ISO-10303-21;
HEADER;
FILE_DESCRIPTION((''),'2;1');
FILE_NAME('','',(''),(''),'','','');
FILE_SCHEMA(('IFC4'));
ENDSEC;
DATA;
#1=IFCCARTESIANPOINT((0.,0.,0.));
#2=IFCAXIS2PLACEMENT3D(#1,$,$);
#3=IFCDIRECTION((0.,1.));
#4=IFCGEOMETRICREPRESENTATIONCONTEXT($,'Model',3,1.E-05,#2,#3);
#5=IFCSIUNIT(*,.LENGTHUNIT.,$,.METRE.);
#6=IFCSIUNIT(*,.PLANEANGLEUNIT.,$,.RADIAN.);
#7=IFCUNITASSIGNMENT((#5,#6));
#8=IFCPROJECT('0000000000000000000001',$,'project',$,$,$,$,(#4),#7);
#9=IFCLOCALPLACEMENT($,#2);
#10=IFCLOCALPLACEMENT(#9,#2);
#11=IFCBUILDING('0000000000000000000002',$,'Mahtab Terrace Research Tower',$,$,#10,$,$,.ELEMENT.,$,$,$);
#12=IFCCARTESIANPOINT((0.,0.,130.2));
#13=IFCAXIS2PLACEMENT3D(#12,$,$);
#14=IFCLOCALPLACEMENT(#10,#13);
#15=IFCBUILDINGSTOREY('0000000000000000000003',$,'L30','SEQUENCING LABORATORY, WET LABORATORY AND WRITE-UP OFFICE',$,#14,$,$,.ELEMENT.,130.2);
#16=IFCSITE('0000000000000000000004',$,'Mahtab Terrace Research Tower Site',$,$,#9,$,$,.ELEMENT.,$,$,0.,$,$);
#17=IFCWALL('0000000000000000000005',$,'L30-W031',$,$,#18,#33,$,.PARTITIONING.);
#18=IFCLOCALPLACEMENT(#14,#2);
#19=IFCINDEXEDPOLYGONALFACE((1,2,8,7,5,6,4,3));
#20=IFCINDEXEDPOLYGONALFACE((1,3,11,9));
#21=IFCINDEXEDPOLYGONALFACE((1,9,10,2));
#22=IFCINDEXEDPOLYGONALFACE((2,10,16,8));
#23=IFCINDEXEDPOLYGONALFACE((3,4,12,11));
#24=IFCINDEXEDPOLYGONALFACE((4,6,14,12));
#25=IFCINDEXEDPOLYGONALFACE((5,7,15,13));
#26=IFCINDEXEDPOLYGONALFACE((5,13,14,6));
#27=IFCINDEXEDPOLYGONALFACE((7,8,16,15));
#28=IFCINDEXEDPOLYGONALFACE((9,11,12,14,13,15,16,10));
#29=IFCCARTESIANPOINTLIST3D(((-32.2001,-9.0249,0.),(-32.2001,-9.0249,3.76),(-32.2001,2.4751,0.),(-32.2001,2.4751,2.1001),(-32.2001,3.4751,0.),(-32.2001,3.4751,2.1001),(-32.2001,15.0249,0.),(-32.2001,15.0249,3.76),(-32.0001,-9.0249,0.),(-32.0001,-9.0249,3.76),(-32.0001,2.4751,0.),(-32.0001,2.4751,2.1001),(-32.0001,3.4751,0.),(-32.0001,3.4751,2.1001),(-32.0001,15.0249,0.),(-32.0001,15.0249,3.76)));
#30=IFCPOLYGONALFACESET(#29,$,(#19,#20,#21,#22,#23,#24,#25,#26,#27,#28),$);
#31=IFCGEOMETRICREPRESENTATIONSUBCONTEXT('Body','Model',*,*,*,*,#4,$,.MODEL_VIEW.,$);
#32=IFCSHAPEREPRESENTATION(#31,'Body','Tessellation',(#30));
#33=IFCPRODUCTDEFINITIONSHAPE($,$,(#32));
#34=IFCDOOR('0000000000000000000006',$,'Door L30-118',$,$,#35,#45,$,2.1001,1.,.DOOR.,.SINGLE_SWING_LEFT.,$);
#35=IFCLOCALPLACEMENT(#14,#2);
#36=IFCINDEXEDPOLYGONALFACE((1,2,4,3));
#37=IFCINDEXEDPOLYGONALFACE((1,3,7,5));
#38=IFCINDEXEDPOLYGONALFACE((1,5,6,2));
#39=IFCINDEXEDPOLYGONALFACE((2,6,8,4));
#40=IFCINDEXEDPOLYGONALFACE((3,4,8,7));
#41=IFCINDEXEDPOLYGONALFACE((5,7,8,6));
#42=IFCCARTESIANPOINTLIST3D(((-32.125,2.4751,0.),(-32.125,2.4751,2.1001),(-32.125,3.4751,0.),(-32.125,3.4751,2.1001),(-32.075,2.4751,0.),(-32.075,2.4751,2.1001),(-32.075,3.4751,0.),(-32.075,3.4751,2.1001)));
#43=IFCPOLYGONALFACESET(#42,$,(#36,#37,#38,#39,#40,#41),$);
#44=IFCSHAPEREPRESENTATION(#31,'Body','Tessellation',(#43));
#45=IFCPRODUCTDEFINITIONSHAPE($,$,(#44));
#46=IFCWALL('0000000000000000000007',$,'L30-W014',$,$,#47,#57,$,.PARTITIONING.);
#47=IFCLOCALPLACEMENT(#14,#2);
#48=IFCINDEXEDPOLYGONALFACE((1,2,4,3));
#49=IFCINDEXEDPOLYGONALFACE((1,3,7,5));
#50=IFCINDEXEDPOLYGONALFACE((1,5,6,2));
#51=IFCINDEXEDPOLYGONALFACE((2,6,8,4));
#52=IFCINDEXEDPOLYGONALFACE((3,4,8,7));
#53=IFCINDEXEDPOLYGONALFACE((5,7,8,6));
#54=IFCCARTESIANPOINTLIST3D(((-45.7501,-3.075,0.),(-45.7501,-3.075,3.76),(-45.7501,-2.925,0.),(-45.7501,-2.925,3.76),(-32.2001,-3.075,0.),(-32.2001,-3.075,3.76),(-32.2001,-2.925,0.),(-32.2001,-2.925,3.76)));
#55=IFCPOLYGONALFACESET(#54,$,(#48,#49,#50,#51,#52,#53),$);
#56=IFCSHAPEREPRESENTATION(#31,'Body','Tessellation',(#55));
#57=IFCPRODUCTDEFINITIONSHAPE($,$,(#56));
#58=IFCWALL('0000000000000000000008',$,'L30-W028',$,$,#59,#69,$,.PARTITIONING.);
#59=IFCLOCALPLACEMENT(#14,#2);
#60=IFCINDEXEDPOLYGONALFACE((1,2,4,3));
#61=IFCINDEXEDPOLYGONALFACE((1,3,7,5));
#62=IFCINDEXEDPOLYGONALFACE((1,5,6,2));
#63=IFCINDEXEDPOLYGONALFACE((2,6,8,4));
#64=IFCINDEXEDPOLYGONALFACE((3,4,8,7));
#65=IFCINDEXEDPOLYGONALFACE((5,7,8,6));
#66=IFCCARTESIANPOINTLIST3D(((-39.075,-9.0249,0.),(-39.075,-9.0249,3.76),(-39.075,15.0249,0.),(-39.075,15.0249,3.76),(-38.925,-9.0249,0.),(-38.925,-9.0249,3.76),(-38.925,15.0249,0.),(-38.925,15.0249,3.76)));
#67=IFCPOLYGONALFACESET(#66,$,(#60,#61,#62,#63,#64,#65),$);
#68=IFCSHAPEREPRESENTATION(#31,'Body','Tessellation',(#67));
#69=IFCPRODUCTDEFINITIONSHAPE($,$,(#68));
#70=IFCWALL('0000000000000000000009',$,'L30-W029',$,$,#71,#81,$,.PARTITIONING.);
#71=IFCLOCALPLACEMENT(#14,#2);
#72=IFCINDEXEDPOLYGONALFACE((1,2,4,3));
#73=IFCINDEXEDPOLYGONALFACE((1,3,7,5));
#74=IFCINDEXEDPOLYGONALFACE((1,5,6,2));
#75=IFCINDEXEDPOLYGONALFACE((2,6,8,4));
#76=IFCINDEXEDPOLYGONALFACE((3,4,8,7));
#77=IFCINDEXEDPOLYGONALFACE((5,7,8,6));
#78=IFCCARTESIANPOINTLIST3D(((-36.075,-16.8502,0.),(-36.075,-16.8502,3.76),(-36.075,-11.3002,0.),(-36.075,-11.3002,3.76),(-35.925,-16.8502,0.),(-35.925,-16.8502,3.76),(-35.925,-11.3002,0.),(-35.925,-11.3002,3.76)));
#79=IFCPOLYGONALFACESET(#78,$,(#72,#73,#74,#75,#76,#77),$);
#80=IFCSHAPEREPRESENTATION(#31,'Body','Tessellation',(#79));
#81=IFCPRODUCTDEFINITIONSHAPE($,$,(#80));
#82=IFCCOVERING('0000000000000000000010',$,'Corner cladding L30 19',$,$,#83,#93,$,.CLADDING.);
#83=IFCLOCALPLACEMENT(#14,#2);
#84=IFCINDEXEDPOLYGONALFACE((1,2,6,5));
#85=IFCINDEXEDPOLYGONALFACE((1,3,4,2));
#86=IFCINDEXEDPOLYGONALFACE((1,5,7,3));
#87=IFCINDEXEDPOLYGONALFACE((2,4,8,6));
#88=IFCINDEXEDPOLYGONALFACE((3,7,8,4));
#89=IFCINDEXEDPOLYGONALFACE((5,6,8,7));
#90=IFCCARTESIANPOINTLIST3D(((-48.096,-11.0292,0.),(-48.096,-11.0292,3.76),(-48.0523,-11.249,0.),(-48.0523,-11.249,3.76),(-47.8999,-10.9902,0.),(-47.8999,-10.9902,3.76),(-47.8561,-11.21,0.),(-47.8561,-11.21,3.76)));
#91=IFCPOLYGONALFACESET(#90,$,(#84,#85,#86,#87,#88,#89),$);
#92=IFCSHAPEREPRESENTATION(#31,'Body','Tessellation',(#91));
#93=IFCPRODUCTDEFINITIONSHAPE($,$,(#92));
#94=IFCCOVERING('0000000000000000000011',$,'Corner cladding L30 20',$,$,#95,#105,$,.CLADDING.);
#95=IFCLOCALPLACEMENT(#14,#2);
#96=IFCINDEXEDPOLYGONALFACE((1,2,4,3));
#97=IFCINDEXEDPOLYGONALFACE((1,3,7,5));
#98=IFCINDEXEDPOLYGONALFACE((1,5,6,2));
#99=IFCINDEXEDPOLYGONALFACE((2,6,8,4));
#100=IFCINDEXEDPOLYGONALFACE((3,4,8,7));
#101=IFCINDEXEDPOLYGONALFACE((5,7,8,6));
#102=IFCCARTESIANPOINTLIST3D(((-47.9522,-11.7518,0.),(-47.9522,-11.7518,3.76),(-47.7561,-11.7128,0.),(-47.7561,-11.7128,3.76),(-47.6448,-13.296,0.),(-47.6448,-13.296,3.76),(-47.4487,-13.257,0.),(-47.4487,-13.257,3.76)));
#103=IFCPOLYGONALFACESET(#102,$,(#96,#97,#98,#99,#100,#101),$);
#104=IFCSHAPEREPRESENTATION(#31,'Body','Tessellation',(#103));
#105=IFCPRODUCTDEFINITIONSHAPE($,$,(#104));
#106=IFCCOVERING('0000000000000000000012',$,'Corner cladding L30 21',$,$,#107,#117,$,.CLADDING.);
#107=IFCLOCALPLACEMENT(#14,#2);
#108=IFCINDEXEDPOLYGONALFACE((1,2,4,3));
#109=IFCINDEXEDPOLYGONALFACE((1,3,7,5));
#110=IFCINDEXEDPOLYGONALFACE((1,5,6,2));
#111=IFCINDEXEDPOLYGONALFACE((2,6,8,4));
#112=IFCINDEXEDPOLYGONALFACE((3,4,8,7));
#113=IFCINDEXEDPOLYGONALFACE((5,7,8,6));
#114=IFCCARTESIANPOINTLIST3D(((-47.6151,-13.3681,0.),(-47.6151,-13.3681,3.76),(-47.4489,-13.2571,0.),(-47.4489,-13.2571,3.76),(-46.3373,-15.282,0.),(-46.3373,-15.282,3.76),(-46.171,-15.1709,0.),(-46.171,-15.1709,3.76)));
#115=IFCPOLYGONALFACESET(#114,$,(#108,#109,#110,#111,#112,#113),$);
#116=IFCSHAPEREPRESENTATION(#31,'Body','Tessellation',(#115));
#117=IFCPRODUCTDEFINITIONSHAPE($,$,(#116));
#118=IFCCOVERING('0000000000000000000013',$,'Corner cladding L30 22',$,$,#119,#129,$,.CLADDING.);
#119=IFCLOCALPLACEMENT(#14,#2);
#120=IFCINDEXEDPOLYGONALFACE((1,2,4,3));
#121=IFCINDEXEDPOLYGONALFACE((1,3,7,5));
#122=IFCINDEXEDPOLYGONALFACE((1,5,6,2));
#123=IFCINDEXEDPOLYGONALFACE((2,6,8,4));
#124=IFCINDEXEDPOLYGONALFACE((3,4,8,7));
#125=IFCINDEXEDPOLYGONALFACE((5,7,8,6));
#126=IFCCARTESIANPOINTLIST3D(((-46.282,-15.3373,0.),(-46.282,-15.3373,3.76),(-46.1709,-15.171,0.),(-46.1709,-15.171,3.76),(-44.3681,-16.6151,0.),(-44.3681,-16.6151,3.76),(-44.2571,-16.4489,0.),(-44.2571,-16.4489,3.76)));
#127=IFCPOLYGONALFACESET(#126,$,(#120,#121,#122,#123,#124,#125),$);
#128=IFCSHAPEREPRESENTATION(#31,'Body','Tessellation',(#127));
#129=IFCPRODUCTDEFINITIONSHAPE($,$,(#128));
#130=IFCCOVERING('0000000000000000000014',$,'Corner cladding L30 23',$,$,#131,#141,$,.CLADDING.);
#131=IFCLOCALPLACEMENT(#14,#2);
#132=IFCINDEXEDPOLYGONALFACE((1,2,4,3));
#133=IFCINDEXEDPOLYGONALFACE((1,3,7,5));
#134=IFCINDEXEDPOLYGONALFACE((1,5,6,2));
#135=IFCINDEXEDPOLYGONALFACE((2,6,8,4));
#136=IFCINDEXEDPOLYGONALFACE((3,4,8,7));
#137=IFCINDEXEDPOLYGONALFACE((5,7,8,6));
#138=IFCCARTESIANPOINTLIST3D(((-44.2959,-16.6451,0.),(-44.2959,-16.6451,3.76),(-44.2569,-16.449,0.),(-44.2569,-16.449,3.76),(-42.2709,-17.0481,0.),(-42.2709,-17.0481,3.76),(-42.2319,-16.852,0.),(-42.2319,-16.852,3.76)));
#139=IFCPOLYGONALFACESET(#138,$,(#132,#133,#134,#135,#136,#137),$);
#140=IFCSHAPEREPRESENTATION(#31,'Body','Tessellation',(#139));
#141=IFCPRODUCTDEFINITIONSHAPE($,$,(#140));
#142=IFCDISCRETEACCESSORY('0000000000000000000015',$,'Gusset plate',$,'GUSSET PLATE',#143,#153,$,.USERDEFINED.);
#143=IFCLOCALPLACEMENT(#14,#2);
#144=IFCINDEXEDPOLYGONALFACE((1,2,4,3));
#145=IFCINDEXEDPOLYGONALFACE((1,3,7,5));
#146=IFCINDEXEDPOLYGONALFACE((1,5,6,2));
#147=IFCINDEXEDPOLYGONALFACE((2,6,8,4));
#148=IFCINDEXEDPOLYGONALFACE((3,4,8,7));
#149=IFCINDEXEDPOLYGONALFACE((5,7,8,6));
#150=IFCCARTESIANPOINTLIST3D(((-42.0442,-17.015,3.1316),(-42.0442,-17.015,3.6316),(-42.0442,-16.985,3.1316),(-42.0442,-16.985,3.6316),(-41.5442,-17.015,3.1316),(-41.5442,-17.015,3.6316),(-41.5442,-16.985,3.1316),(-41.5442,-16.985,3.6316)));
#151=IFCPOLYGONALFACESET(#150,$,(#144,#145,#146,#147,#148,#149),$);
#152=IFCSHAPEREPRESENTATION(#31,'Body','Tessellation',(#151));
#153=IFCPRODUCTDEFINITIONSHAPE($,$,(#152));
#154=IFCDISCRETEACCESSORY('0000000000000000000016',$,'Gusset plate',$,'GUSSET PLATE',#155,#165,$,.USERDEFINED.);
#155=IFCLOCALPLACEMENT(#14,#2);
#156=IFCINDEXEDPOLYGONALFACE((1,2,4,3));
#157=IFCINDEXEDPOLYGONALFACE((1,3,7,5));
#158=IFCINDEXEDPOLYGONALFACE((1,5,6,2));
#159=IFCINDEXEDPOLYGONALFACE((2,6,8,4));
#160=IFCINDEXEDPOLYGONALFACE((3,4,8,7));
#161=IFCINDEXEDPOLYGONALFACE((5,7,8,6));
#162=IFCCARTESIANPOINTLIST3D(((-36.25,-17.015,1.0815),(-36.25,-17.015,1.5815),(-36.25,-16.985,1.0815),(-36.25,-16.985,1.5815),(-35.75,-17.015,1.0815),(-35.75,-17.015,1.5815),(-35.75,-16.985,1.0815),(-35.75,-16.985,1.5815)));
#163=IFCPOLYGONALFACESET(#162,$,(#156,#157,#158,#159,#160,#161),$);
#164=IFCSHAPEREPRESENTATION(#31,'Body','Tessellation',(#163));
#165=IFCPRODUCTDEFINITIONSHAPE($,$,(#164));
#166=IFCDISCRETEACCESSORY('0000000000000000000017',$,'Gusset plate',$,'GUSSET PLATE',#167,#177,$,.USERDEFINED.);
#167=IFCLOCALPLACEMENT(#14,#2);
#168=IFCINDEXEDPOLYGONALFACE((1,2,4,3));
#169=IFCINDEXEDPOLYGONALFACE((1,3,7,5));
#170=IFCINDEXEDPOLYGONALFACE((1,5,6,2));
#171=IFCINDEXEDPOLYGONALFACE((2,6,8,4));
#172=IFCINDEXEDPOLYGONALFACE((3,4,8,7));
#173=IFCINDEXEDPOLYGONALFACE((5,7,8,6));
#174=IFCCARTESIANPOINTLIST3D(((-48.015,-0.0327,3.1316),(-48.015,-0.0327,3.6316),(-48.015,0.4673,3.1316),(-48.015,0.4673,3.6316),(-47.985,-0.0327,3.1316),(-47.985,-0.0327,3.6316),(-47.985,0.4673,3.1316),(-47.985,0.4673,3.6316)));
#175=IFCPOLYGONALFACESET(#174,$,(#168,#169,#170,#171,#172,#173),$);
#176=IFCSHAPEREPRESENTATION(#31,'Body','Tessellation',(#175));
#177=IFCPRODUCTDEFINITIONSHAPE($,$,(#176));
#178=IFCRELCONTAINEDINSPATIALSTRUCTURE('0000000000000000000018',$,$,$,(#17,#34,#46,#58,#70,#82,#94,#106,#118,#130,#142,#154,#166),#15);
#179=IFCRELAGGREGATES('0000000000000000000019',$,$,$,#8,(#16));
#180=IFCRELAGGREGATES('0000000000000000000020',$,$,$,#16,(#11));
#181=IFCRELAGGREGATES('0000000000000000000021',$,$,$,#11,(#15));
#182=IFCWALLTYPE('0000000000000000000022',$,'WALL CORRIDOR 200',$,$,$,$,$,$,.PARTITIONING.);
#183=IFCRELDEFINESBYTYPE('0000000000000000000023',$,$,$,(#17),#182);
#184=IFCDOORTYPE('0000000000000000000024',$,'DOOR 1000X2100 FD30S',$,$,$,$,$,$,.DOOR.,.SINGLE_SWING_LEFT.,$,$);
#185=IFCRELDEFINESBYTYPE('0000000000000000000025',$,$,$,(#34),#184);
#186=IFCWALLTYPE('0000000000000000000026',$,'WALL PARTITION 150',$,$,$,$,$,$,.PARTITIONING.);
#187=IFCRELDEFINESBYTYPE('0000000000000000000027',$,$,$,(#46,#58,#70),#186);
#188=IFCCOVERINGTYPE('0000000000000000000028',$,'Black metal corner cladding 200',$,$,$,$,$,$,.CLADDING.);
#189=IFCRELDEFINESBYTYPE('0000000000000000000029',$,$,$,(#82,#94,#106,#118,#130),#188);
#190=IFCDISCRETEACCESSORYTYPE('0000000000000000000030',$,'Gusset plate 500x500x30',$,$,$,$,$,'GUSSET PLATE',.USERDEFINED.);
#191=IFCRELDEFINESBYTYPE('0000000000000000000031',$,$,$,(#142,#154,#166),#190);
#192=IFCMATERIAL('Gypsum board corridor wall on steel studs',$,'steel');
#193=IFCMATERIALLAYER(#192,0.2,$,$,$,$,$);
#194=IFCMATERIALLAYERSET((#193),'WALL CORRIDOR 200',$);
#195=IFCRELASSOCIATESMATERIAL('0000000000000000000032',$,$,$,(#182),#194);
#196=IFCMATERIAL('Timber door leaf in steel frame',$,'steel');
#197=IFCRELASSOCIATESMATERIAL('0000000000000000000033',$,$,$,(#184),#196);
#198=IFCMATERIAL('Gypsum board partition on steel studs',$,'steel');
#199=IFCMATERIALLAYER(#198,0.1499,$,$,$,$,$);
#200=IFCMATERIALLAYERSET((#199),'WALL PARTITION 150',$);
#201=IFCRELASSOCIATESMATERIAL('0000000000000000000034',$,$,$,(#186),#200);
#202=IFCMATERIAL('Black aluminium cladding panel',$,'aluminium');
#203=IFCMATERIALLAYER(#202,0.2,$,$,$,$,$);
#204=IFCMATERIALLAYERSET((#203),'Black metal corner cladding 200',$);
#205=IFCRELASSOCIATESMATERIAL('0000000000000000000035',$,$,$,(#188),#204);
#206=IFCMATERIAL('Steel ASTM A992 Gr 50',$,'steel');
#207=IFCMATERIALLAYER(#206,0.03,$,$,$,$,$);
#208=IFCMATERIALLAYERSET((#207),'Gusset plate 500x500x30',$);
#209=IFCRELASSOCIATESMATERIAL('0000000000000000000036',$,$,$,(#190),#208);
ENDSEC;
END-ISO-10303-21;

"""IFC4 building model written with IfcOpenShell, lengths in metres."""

from ifc_helpers import new_model, si_unit, direction, frame, frame_2d, origin, origin_2d, place, context, subcontext, project, spatial, rectangle, extrude, material, layer, layer_set, type_object, element, fill, save


model = new_model("IFC4")

# Units and contexts
model_context = context("Model", 3, precision=1e-05, world=origin(), true_north=direction((0.0, 1.0)))
body_context = subcontext(model_context, "Body", "Model", "MODEL_VIEW")
ifc_project = project(units=[si_unit("LENGTHUNIT", "METRE"), si_unit("PLANEANGLEUNIT", "RADIAN")], contexts=[model_context])

# Site, building, storey
site_placement = place(None, origin())
site = spatial("IfcSite", under=ifc_project, at=site_placement, Name="Mahtab Terrace Research Tower Site", CompositionType="ELEMENT", RefElevation=0.0)
building_placement = place(site_placement, origin())
building = spatial("IfcBuilding", under=site, at=building_placement, Name="Mahtab Terrace Research Tower", CompositionType="ELEMENT")
storey_placement = place(building_placement, frame((0.0, 0.0, 130.2)))
storey = spatial("IfcBuildingStorey", under=building, at=storey_placement, Name="L30", Description="SEQUENCING LABORATORY, WET LABORATORY AND WRITE-UP OFFICE", CompositionType="ELEMENT", Elevation=130.2)

# Shared definitions
ifc_material_1 = material(Name="Steel ASTM A992 Gr 50", Category="steel")

# Shared definitions
ifc_material_2 = material(Name="Black aluminium cladding panel", Category="aluminium")

# Shared definitions
ifc_material_3 = material(Name="Gypsum board corridor wall on steel studs", Category="steel")
ifc_layer_1 = layer(ifc_material_3, 0.2)
ifc_layer_set_1 = layer_set([ifc_layer_1], Name="WALL CORRIDOR 200")
wall_type_1 = type_object("IfcWallType", Name="WALL CORRIDOR 200", PredefinedType="PARTITIONING", material=ifc_layer_set_1)
ifc_material_4 = material(Name="Timber door leaf in steel frame", Category="steel")

# Wall, opening, door
door_type_1 = type_object("IfcDoorType", Name="DOOR 1000X2100 FD30S", OperationType="SINGLE_SWING_LEFT", PredefinedType="DOOR", material=ifc_material_4)
wall_1_placement = place(storey_placement, frame((-32.1001, -9.0249, 0.0), z_axis=(0.0, 0.0, 1.0), x_axis=(0.0, 1.0, 0.0)))
wall_1 = element("IfcWall", 1, at=wall_1_placement, inside=storey, type_object=wall_type_1, Name="L30-W031", PredefinedType="PARTITIONING", context=body_context, shape_type="SweptSolid", body=[
    extrude(rectangle(XDim=24.0498, YDim=0.2, at=frame_2d((12.0249, 0.0))), origin(), (0.0, 0.0, 1.0), 3.76),
])
opening_1_placement = place(wall_1_placement, frame((11.5, 0.0, 0.0)))
opening_1 = element("IfcOpeningElement", 2, at=opening_1_placement, cuts=wall_1, PredefinedType="OPENING", context=body_context, shape_type="SweptSolid", body=[
    extrude(rectangle(XDim=1.0, YDim=2.1001, at=frame_2d((0.5, 1.05))), frame((0.0, 0.1099, 0.0), z_axis=(0.0, -1.0, 0.0), x_axis=(1.0, 0.0, 0.0)), (0.0, 0.0, 1.0), 0.22),
])
door_1_placement = place(opening_1_placement, origin())
door_1 = element("IfcDoor", 3, at=door_1_placement, inside=storey, type_object=door_type_1, Name="Door L30-118", OperationType="SINGLE_SWING_LEFT", OverallHeight=2.1001, OverallWidth=1.0, PredefinedType="DOOR", context=body_context, shape_type="SweptSolid", body=[
    extrude(rectangle(XDim=1.0, YDim=2.1001, at=frame_2d((0.5, 1.05))), frame((0.0, 0.0249, 0.0), z_axis=(0.0, -1.0, 0.0), x_axis=(1.0, 0.0, 0.0)), (0.0, 0.0, 1.0), 0.05),
])
fill(opening_1, door_1)

# Walls
ifc_material_5 = material(Name="Gypsum board partition on steel studs", Category="steel")
ifc_layer_2 = layer(ifc_material_5, 0.1499)
ifc_layer_set_2 = layer_set([ifc_layer_2], Name="WALL PARTITION 150")
wall_type_2 = type_object("IfcWallType", Name="WALL PARTITION 150", PredefinedType="PARTITIONING", material=ifc_layer_set_2)
wall_2_placement = place(storey_placement, frame((-45.75, -3.0, 0.0), z_axis=(0.0, 0.0, 1.0), x_axis=(1.0, 0.0, 0.0)))
element("IfcWall", 4, at=wall_2_placement, inside=storey, type_object=wall_type_2, Name="L30-W014", PredefinedType="PARTITIONING", context=body_context, shape_type="SweptSolid", body=[
    extrude(rectangle(XDim=13.55, YDim=0.1499, at=frame_2d((6.7749, 0.0))), origin(), (0.0, 0.0, 1.0), 3.76),
])
wall_3_placement = place(storey_placement, frame((-39.0, -9.0249, 0.0), z_axis=(0.0, 0.0, 1.0), x_axis=(0.0, 1.0, 0.0)))
element("IfcWall", 5, at=wall_3_placement, inside=storey, type_object=wall_type_2, Name="L30-W028", PredefinedType="PARTITIONING", context=body_context, shape_type="SweptSolid", body=[
    extrude(rectangle(XDim=24.0498, YDim=0.1499, at=frame_2d((12.0249, 0.0))), origin(), (0.0, 0.0, 1.0), 3.76),
])
wall_4_placement = place(storey_placement, frame((-36.0, -16.8501, 0.0), z_axis=(0.0, 0.0, 1.0), x_axis=(0.0, 1.0, 0.0)))
element("IfcWall", 6, at=wall_4_placement, inside=storey, type_object=wall_type_2, Name="L30-W029", PredefinedType="PARTITIONING", context=body_context, shape_type="SweptSolid", body=[
    extrude(rectangle(XDim=5.55, YDim=0.1499, at=frame_2d((2.7749, 0.0))), origin(), (0.0, 0.0, 1.0), 3.76),
])

# Coverings
ifc_layer_3 = layer(ifc_material_2, 0.2)
ifc_layer_set_3 = layer_set([ifc_layer_3], Name="Black metal corner cladding 200")
covering_type = type_object("IfcCoveringType", Name="Black metal corner cladding 200", PredefinedType="CLADDING", material=ifc_layer_set_3)
covering_1_placement = place(storey_placement, frame((-47.9761, -11.1196, 0.0), z_axis=(0.0, 0.0, 1.0), x_axis=(0.195212, -0.980761, 0.0)))
element("IfcCovering", 7, at=covering_1_placement, inside=storey, type_object=covering_type, Name="Corner cladding L30 19", PredefinedType="CLADDING", context=body_context, shape_type="SweptSolid", body=[
    extrude(rectangle(XDim=0.2241, YDim=0.2, at=origin_2d()), origin(), (0.0, 0.0, 1.0), 3.76),
])
covering_2_placement = place(storey_placement, frame((-47.7004, -12.5044, 0.0), z_axis=(0.0, 0.0, 1.0), x_axis=(0.195212, -0.980761, 0.0)))
element("IfcCovering", 8, at=covering_2_placement, inside=storey, type_object=covering_type, Name="Corner cladding L30 20", PredefinedType="CLADDING", context=body_context, shape_type="SweptSolid", body=[
    extrude(rectangle(XDim=1.5745, YDim=0.2, at=origin_2d()), origin(), (0.0, 0.0, 1.0), 3.76),
])
for number, where, z_axis, x_axis, name in (
    (9, (-46.8931, -14.2695, 0.0), (0.0, 0.0, 1.0), (0.555291, -0.831656, 0.0), "Corner cladding L30 21"),
    (10, (-45.2695, -15.8931, 0.0), (0.0, 0.0, 1.0), (0.831656, -0.555291, 0.0), "Corner cladding L30 22"),
):
    element("IfcCovering", number, at=place(storey_placement, frame(where, z_axis=z_axis, x_axis=x_axis)), inside=storey, type_object=covering_type, Name=name, PredefinedType="CLADDING", context=body_context, shape_type="SweptSolid", body=[
        extrude(rectangle(XDim=2.3013, YDim=0.2, at=origin_2d()), origin(), (0.0, 0.0, 1.0), 3.76),
    ])
covering_3_placement = place(storey_placement, frame((-43.2639, -16.7485, 0.0), z_axis=(0.0, 0.0, 1.0), x_axis=(0.980761, -0.195212, 0.0)))
element("IfcCovering", 11, at=covering_3_placement, inside=storey, type_object=covering_type, Name="Corner cladding L30 23", PredefinedType="CLADDING", context=body_context, shape_type="SweptSolid", body=[
    extrude(rectangle(XDim=2.0647, YDim=0.2, at=origin_2d()), origin(), (0.0, 0.0, 1.0), 3.76),
])

# Discrete accessories
ifc_layer_4 = layer(ifc_material_1, 0.03)
ifc_layer_set_4 = layer_set([ifc_layer_4], Name="Gusset plate 500x500x30")
discrete_accessory_type = type_object("IfcDiscreteAccessoryType", Name="Gusset plate 500x500x30", ElementType="GUSSET PLATE", PredefinedType="USERDEFINED", material=ifc_layer_set_4)
for number, where, z_axis, x_axis, name in (
    (12, (-41.7942, -17.0, 3.1316), (0.0, 0.0, 1.0), (1.0, 0.0, 0.0), "Gusset plate"),
    (13, (-36.0, -17.0, 1.0815), (0.0, 0.0, 1.0), (1.0, 0.0, 0.0), "Gusset plate"),
    (14, (-48.0, 0.2173, 3.1316), (0.0, 0.0, 1.0), (0.0, 1.0, 0.0), "Gusset plate"),
):
    element("IfcDiscreteAccessory", number, at=place(storey_placement, frame(where, z_axis=z_axis, x_axis=x_axis)), inside=storey, type_object=discrete_accessory_type, Name=name, ObjectType="GUSSET PLATE", PredefinedType="USERDEFINED", context=body_context, shape_type="SweptSolid", body=[
        extrude(rectangle(XDim=0.5, YDim=0.03, at=origin_2d()), origin(), (0.0, 0.0, 1.0), 0.5),
    ])

save(model, "model.ifc")
